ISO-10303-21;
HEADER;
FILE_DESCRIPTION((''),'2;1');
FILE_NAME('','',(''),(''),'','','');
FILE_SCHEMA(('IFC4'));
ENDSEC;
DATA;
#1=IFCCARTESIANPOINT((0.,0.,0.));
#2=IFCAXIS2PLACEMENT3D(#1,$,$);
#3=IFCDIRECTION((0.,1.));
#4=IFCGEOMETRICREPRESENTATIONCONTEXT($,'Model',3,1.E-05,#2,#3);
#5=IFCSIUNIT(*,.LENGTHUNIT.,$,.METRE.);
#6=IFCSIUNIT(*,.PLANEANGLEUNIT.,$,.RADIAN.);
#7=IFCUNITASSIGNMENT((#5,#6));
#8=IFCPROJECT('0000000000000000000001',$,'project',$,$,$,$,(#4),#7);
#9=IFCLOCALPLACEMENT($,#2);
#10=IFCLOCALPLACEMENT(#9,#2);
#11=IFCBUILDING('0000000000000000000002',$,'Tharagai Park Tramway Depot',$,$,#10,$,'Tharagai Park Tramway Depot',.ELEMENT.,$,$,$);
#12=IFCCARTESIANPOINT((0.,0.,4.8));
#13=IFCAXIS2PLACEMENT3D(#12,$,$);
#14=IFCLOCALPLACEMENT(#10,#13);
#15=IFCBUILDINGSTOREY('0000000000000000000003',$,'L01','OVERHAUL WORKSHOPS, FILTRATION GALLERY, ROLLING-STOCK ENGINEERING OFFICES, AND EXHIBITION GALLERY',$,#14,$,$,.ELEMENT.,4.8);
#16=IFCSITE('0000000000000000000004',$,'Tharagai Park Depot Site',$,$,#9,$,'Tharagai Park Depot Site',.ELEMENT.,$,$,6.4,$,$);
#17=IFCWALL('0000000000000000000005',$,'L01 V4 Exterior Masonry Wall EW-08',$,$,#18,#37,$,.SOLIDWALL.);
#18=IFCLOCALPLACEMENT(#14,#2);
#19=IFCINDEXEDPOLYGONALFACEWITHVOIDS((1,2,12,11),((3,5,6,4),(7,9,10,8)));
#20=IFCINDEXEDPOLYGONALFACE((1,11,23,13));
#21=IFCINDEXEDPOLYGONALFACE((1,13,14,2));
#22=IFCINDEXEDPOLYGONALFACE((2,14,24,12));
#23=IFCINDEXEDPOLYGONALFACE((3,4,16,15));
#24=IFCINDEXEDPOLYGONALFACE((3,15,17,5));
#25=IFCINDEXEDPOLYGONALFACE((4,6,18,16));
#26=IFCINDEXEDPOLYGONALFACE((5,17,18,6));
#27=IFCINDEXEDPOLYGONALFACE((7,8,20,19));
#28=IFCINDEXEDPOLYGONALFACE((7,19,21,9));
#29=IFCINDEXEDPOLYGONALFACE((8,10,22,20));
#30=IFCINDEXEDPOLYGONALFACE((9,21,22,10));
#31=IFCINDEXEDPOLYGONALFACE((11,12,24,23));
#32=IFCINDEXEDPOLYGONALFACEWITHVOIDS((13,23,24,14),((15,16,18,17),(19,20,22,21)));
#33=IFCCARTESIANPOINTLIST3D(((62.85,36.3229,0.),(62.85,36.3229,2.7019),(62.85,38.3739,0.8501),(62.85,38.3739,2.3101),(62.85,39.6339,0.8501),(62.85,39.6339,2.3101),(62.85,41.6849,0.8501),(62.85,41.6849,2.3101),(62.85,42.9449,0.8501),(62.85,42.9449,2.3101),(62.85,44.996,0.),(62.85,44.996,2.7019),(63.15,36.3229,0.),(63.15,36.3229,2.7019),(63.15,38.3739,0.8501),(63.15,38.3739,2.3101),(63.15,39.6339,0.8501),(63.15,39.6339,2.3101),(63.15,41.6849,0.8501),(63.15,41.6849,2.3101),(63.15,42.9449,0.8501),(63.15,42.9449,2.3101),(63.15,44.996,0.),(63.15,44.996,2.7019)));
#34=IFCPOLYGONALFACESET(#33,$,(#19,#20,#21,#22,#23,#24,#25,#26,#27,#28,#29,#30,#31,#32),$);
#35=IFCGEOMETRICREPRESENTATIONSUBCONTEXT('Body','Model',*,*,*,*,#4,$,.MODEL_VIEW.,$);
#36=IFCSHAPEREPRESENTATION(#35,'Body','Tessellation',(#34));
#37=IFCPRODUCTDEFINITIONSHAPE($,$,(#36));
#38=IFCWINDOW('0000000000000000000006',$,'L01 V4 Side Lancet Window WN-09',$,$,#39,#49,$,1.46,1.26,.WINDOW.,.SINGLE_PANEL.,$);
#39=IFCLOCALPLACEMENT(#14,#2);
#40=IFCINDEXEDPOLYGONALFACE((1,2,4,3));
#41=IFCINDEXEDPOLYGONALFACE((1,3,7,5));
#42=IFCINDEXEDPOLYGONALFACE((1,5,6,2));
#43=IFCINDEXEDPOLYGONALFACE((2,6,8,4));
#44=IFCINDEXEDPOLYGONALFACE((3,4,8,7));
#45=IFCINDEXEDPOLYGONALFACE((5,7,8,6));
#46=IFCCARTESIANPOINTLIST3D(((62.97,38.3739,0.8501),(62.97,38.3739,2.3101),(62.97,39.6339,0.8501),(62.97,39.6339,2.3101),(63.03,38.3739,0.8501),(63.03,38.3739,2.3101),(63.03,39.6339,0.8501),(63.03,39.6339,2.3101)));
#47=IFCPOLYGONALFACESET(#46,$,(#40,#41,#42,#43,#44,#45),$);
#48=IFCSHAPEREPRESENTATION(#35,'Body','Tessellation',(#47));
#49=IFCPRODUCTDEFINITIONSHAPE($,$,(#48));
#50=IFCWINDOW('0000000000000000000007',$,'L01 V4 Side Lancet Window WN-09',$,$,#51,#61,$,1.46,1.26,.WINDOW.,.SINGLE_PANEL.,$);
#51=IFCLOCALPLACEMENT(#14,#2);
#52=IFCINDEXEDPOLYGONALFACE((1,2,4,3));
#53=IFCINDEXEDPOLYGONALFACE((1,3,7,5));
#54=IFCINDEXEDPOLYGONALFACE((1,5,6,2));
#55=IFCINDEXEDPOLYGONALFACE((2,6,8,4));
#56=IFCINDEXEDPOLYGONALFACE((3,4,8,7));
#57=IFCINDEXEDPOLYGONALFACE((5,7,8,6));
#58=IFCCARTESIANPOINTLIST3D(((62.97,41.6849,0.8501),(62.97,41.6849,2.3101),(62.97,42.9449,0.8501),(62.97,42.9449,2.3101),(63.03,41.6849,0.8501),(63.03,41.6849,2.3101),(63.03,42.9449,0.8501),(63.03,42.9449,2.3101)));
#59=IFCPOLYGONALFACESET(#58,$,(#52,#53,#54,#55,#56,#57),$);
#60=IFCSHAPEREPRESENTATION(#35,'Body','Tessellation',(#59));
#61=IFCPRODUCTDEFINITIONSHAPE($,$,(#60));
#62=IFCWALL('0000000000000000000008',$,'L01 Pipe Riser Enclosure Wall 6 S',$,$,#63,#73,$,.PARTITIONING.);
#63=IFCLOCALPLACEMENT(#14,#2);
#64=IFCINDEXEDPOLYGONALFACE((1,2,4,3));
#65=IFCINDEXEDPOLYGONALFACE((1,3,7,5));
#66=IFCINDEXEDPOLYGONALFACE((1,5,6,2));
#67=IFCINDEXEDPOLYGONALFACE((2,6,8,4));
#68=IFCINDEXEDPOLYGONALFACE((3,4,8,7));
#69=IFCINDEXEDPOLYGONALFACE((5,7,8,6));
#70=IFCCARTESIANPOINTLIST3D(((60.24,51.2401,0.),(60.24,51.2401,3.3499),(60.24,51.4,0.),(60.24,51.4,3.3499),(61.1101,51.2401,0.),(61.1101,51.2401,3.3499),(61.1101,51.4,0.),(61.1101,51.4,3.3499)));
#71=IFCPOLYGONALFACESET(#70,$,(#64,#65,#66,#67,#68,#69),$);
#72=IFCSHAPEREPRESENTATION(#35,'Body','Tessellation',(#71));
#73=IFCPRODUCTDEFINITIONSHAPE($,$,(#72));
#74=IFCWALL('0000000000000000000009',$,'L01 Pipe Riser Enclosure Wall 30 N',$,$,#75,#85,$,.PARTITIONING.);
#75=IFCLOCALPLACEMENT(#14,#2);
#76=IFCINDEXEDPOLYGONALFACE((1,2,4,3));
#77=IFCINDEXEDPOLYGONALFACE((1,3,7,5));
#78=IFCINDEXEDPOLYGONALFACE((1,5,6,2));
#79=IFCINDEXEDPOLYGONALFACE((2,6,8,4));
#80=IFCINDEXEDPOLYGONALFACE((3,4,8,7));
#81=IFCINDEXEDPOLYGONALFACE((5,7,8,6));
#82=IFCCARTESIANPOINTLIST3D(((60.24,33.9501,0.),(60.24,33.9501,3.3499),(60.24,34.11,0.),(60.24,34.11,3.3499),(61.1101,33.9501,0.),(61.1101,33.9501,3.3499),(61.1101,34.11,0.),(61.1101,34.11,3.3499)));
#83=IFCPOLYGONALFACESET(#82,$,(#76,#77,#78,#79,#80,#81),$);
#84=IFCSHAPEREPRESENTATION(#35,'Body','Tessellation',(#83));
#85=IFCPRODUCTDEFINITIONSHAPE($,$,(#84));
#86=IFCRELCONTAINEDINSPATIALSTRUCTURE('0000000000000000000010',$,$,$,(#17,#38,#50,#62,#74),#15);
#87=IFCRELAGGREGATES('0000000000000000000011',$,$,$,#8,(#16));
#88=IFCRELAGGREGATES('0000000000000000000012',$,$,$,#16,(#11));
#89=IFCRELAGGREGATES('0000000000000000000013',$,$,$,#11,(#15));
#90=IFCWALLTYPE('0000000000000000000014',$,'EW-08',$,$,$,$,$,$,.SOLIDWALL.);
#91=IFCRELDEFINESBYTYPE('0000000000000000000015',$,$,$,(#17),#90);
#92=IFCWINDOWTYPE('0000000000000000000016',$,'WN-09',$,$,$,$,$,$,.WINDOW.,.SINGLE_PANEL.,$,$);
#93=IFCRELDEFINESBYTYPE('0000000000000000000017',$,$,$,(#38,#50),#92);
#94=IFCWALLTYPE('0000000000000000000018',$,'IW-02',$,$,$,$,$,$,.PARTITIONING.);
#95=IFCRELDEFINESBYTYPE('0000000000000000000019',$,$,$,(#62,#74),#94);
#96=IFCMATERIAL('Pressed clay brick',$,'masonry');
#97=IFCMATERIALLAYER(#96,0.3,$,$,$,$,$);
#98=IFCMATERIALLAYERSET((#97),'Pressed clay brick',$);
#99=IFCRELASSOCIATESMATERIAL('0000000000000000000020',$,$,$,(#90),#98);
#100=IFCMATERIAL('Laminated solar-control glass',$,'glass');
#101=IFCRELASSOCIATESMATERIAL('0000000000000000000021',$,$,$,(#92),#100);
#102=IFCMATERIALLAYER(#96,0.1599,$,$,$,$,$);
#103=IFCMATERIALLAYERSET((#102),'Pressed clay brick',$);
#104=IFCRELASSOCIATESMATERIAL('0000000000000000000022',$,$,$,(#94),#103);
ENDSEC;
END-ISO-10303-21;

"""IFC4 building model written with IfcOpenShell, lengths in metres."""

from ifc_helpers import new_model, si_unit, direction, frame, frame_2d, origin, place, context, subcontext, project, spatial, rectangle, extrude, material, layer, layer_set, type_object, element, fill, save


model = new_model("IFC4")

# Units and contexts
model_context = context("Model", 3, precision=1e-05, world=origin(), true_north=direction((0.0, 1.0)))
body_context = subcontext(model_context, "Body", "Model", "MODEL_VIEW")
ifc_project = project(units=[si_unit("LENGTHUNIT", "METRE"), si_unit("PLANEANGLEUNIT", "RADIAN")], contexts=[model_context])

# Site, building, storey
site_placement = place(None, origin())
site = spatial("IfcSite", under=ifc_project, at=site_placement, Name="Tharagai Park Depot Site", LongName="Tharagai Park Depot Site", CompositionType="ELEMENT", RefElevation=6.4)
building_placement = place(site_placement, origin())
building = spatial("IfcBuilding", under=site, at=building_placement, Name="Tharagai Park Tramway Depot", LongName="Tharagai Park Tramway Depot", CompositionType="ELEMENT")
storey_placement = place(building_placement, frame((0.0, 0.0, 4.8)))
storey = spatial("IfcBuildingStorey", under=building, at=storey_placement, Name="L01", Description="OVERHAUL WORKSHOPS, FILTRATION GALLERY, ROLLING-STOCK ENGINEERING OFFICES, AND EXHIBITION GALLERY", CompositionType="ELEMENT", Elevation=4.8)

# Wall, openings, windows
ifc_material_1 = material(Name="Pressed clay brick", Category="masonry")
ifc_layer_1 = layer(ifc_material_1, 0.3)
ifc_layer_set_1 = layer_set([ifc_layer_1], Name="Pressed clay brick")
wall_type_1 = type_object("IfcWallType", Name="EW-08", PredefinedType="SOLIDWALL", material=ifc_layer_set_1)
wall_placement = place(storey_placement, frame((63.0, 36.323, 0.0), z_axis=(0.0, 0.0, 1.0), x_axis=(0.0, 1.0, 0.0)))
wall = element("IfcWall", 1, at=wall_placement, inside=storey, type_object=wall_type_1, Name="L01 V4 Exterior Masonry Wall EW-08", PredefinedType="SOLIDWALL", context=body_context, shape_type="SweptSolid", body=[
    extrude(rectangle(XDim=8.6731, YDim=0.3, at=frame_2d((4.3364, 0.0))), origin(), (0.0, 0.0, 1.0), 2.7019),
])
opening_1_placement = place(wall_placement, frame((2.051, 0.0, 0.8501)))
opening_1 = element("IfcOpeningElement", 2, at=opening_1_placement, cuts=wall, PredefinedType="OPENING", context=body_context, shape_type="SweptSolid", body=[
    extrude(rectangle(XDim=1.26, YDim=1.46, at=frame_2d((0.6299, 0.73))), frame((0.0, 0.1599, 0.0), z_axis=(0.0, -1.0, 0.0), x_axis=(1.0, 0.0, 0.0)), (0.0, 0.0, 1.0), 0.3201),
])
opening_2_placement = place(wall_placement, frame((5.3621, 0.0, 0.8501)))
opening_2 = element("IfcOpeningElement", 3, at=opening_2_placement, cuts=wall, PredefinedType="OPENING", context=body_context, shape_type="SweptSolid", body=[
    extrude(rectangle(XDim=1.26, YDim=1.46, at=frame_2d((0.6299, 0.73))), frame((0.0, 0.1599, 0.0), z_axis=(0.0, -1.0, 0.0), x_axis=(1.0, 0.0, 0.0)), (0.0, 0.0, 1.0), 0.3201),
])
ifc_material_2 = material(Name="Laminated solar-control glass", Category="glass")
window_type = type_object("IfcWindowType", Name="WN-09", PartitioningType="SINGLE_PANEL", PredefinedType="WINDOW", material=ifc_material_2)
window_1_placement = place(opening_1_placement, origin())
window_1 = element("IfcWindow", 4, at=window_1_placement, inside=storey, type_object=window_type, Name="L01 V4 Side Lancet Window WN-09", OverallHeight=1.46, OverallWidth=1.26, PartitioningType="SINGLE_PANEL", PredefinedType="WINDOW", context=body_context, shape_type="SweptSolid", body=[
    extrude(rectangle(XDim=1.26, YDim=1.46, at=frame_2d((0.6299, 0.73))), frame((0.0, 0.03, 0.0), z_axis=(0.0, -1.0, 0.0), x_axis=(1.0, 0.0, 0.0)), (0.0, 0.0, 1.0), 0.0601),
])
fill(opening_1, window_1)
window_2_placement = place(opening_2_placement, origin())
window_2 = element("IfcWindow", 5, at=window_2_placement, inside=storey, type_object=window_type, Name="L01 V4 Side Lancet Window WN-09", OverallHeight=1.46, OverallWidth=1.26, PartitioningType="SINGLE_PANEL", PredefinedType="WINDOW", context=body_context, shape_type="SweptSolid", body=[
    extrude(rectangle(XDim=1.26, YDim=1.46, at=frame_2d((0.6299, 0.73))), frame((0.0, 0.03, 0.0), z_axis=(0.0, -1.0, 0.0), x_axis=(1.0, 0.0, 0.0)), (0.0, 0.0, 1.0), 0.0601),
])
fill(opening_2, window_2)

# Walls
ifc_layer_2 = layer(ifc_material_1, 0.1599)
ifc_layer_set_2 = layer_set([ifc_layer_2], Name="Pressed clay brick")
wall_type_2 = type_object("IfcWallType", Name="IW-02", PredefinedType="PARTITIONING", material=ifc_layer_set_2)
for number, where, z_axis, x_axis, name in (
    (6, (60.24, 51.3201, 0.0), (0.0, 0.0, 1.0), (1.0, 0.0, 0.0), "L01 Pipe Riser Enclosure Wall 6 S"),
    (7, (60.24, 34.03, 0.0), (0.0, 0.0, 1.0), (1.0, 0.0, 0.0), "L01 Pipe Riser Enclosure Wall 30 N"),
):
    element("IfcWall", number, at=place(storey_placement, frame(where, z_axis=z_axis, x_axis=x_axis)), inside=storey, type_object=wall_type_2, Name=name, PredefinedType="PARTITIONING", context=body_context, shape_type="SweptSolid", body=[
        extrude(rectangle(XDim=0.8701, YDim=0.1599, at=frame_2d((0.4351, 0.0))), origin(), (0.0, 0.0, 1.0), 3.3499),
    ])

save(model, "model.ifc")
